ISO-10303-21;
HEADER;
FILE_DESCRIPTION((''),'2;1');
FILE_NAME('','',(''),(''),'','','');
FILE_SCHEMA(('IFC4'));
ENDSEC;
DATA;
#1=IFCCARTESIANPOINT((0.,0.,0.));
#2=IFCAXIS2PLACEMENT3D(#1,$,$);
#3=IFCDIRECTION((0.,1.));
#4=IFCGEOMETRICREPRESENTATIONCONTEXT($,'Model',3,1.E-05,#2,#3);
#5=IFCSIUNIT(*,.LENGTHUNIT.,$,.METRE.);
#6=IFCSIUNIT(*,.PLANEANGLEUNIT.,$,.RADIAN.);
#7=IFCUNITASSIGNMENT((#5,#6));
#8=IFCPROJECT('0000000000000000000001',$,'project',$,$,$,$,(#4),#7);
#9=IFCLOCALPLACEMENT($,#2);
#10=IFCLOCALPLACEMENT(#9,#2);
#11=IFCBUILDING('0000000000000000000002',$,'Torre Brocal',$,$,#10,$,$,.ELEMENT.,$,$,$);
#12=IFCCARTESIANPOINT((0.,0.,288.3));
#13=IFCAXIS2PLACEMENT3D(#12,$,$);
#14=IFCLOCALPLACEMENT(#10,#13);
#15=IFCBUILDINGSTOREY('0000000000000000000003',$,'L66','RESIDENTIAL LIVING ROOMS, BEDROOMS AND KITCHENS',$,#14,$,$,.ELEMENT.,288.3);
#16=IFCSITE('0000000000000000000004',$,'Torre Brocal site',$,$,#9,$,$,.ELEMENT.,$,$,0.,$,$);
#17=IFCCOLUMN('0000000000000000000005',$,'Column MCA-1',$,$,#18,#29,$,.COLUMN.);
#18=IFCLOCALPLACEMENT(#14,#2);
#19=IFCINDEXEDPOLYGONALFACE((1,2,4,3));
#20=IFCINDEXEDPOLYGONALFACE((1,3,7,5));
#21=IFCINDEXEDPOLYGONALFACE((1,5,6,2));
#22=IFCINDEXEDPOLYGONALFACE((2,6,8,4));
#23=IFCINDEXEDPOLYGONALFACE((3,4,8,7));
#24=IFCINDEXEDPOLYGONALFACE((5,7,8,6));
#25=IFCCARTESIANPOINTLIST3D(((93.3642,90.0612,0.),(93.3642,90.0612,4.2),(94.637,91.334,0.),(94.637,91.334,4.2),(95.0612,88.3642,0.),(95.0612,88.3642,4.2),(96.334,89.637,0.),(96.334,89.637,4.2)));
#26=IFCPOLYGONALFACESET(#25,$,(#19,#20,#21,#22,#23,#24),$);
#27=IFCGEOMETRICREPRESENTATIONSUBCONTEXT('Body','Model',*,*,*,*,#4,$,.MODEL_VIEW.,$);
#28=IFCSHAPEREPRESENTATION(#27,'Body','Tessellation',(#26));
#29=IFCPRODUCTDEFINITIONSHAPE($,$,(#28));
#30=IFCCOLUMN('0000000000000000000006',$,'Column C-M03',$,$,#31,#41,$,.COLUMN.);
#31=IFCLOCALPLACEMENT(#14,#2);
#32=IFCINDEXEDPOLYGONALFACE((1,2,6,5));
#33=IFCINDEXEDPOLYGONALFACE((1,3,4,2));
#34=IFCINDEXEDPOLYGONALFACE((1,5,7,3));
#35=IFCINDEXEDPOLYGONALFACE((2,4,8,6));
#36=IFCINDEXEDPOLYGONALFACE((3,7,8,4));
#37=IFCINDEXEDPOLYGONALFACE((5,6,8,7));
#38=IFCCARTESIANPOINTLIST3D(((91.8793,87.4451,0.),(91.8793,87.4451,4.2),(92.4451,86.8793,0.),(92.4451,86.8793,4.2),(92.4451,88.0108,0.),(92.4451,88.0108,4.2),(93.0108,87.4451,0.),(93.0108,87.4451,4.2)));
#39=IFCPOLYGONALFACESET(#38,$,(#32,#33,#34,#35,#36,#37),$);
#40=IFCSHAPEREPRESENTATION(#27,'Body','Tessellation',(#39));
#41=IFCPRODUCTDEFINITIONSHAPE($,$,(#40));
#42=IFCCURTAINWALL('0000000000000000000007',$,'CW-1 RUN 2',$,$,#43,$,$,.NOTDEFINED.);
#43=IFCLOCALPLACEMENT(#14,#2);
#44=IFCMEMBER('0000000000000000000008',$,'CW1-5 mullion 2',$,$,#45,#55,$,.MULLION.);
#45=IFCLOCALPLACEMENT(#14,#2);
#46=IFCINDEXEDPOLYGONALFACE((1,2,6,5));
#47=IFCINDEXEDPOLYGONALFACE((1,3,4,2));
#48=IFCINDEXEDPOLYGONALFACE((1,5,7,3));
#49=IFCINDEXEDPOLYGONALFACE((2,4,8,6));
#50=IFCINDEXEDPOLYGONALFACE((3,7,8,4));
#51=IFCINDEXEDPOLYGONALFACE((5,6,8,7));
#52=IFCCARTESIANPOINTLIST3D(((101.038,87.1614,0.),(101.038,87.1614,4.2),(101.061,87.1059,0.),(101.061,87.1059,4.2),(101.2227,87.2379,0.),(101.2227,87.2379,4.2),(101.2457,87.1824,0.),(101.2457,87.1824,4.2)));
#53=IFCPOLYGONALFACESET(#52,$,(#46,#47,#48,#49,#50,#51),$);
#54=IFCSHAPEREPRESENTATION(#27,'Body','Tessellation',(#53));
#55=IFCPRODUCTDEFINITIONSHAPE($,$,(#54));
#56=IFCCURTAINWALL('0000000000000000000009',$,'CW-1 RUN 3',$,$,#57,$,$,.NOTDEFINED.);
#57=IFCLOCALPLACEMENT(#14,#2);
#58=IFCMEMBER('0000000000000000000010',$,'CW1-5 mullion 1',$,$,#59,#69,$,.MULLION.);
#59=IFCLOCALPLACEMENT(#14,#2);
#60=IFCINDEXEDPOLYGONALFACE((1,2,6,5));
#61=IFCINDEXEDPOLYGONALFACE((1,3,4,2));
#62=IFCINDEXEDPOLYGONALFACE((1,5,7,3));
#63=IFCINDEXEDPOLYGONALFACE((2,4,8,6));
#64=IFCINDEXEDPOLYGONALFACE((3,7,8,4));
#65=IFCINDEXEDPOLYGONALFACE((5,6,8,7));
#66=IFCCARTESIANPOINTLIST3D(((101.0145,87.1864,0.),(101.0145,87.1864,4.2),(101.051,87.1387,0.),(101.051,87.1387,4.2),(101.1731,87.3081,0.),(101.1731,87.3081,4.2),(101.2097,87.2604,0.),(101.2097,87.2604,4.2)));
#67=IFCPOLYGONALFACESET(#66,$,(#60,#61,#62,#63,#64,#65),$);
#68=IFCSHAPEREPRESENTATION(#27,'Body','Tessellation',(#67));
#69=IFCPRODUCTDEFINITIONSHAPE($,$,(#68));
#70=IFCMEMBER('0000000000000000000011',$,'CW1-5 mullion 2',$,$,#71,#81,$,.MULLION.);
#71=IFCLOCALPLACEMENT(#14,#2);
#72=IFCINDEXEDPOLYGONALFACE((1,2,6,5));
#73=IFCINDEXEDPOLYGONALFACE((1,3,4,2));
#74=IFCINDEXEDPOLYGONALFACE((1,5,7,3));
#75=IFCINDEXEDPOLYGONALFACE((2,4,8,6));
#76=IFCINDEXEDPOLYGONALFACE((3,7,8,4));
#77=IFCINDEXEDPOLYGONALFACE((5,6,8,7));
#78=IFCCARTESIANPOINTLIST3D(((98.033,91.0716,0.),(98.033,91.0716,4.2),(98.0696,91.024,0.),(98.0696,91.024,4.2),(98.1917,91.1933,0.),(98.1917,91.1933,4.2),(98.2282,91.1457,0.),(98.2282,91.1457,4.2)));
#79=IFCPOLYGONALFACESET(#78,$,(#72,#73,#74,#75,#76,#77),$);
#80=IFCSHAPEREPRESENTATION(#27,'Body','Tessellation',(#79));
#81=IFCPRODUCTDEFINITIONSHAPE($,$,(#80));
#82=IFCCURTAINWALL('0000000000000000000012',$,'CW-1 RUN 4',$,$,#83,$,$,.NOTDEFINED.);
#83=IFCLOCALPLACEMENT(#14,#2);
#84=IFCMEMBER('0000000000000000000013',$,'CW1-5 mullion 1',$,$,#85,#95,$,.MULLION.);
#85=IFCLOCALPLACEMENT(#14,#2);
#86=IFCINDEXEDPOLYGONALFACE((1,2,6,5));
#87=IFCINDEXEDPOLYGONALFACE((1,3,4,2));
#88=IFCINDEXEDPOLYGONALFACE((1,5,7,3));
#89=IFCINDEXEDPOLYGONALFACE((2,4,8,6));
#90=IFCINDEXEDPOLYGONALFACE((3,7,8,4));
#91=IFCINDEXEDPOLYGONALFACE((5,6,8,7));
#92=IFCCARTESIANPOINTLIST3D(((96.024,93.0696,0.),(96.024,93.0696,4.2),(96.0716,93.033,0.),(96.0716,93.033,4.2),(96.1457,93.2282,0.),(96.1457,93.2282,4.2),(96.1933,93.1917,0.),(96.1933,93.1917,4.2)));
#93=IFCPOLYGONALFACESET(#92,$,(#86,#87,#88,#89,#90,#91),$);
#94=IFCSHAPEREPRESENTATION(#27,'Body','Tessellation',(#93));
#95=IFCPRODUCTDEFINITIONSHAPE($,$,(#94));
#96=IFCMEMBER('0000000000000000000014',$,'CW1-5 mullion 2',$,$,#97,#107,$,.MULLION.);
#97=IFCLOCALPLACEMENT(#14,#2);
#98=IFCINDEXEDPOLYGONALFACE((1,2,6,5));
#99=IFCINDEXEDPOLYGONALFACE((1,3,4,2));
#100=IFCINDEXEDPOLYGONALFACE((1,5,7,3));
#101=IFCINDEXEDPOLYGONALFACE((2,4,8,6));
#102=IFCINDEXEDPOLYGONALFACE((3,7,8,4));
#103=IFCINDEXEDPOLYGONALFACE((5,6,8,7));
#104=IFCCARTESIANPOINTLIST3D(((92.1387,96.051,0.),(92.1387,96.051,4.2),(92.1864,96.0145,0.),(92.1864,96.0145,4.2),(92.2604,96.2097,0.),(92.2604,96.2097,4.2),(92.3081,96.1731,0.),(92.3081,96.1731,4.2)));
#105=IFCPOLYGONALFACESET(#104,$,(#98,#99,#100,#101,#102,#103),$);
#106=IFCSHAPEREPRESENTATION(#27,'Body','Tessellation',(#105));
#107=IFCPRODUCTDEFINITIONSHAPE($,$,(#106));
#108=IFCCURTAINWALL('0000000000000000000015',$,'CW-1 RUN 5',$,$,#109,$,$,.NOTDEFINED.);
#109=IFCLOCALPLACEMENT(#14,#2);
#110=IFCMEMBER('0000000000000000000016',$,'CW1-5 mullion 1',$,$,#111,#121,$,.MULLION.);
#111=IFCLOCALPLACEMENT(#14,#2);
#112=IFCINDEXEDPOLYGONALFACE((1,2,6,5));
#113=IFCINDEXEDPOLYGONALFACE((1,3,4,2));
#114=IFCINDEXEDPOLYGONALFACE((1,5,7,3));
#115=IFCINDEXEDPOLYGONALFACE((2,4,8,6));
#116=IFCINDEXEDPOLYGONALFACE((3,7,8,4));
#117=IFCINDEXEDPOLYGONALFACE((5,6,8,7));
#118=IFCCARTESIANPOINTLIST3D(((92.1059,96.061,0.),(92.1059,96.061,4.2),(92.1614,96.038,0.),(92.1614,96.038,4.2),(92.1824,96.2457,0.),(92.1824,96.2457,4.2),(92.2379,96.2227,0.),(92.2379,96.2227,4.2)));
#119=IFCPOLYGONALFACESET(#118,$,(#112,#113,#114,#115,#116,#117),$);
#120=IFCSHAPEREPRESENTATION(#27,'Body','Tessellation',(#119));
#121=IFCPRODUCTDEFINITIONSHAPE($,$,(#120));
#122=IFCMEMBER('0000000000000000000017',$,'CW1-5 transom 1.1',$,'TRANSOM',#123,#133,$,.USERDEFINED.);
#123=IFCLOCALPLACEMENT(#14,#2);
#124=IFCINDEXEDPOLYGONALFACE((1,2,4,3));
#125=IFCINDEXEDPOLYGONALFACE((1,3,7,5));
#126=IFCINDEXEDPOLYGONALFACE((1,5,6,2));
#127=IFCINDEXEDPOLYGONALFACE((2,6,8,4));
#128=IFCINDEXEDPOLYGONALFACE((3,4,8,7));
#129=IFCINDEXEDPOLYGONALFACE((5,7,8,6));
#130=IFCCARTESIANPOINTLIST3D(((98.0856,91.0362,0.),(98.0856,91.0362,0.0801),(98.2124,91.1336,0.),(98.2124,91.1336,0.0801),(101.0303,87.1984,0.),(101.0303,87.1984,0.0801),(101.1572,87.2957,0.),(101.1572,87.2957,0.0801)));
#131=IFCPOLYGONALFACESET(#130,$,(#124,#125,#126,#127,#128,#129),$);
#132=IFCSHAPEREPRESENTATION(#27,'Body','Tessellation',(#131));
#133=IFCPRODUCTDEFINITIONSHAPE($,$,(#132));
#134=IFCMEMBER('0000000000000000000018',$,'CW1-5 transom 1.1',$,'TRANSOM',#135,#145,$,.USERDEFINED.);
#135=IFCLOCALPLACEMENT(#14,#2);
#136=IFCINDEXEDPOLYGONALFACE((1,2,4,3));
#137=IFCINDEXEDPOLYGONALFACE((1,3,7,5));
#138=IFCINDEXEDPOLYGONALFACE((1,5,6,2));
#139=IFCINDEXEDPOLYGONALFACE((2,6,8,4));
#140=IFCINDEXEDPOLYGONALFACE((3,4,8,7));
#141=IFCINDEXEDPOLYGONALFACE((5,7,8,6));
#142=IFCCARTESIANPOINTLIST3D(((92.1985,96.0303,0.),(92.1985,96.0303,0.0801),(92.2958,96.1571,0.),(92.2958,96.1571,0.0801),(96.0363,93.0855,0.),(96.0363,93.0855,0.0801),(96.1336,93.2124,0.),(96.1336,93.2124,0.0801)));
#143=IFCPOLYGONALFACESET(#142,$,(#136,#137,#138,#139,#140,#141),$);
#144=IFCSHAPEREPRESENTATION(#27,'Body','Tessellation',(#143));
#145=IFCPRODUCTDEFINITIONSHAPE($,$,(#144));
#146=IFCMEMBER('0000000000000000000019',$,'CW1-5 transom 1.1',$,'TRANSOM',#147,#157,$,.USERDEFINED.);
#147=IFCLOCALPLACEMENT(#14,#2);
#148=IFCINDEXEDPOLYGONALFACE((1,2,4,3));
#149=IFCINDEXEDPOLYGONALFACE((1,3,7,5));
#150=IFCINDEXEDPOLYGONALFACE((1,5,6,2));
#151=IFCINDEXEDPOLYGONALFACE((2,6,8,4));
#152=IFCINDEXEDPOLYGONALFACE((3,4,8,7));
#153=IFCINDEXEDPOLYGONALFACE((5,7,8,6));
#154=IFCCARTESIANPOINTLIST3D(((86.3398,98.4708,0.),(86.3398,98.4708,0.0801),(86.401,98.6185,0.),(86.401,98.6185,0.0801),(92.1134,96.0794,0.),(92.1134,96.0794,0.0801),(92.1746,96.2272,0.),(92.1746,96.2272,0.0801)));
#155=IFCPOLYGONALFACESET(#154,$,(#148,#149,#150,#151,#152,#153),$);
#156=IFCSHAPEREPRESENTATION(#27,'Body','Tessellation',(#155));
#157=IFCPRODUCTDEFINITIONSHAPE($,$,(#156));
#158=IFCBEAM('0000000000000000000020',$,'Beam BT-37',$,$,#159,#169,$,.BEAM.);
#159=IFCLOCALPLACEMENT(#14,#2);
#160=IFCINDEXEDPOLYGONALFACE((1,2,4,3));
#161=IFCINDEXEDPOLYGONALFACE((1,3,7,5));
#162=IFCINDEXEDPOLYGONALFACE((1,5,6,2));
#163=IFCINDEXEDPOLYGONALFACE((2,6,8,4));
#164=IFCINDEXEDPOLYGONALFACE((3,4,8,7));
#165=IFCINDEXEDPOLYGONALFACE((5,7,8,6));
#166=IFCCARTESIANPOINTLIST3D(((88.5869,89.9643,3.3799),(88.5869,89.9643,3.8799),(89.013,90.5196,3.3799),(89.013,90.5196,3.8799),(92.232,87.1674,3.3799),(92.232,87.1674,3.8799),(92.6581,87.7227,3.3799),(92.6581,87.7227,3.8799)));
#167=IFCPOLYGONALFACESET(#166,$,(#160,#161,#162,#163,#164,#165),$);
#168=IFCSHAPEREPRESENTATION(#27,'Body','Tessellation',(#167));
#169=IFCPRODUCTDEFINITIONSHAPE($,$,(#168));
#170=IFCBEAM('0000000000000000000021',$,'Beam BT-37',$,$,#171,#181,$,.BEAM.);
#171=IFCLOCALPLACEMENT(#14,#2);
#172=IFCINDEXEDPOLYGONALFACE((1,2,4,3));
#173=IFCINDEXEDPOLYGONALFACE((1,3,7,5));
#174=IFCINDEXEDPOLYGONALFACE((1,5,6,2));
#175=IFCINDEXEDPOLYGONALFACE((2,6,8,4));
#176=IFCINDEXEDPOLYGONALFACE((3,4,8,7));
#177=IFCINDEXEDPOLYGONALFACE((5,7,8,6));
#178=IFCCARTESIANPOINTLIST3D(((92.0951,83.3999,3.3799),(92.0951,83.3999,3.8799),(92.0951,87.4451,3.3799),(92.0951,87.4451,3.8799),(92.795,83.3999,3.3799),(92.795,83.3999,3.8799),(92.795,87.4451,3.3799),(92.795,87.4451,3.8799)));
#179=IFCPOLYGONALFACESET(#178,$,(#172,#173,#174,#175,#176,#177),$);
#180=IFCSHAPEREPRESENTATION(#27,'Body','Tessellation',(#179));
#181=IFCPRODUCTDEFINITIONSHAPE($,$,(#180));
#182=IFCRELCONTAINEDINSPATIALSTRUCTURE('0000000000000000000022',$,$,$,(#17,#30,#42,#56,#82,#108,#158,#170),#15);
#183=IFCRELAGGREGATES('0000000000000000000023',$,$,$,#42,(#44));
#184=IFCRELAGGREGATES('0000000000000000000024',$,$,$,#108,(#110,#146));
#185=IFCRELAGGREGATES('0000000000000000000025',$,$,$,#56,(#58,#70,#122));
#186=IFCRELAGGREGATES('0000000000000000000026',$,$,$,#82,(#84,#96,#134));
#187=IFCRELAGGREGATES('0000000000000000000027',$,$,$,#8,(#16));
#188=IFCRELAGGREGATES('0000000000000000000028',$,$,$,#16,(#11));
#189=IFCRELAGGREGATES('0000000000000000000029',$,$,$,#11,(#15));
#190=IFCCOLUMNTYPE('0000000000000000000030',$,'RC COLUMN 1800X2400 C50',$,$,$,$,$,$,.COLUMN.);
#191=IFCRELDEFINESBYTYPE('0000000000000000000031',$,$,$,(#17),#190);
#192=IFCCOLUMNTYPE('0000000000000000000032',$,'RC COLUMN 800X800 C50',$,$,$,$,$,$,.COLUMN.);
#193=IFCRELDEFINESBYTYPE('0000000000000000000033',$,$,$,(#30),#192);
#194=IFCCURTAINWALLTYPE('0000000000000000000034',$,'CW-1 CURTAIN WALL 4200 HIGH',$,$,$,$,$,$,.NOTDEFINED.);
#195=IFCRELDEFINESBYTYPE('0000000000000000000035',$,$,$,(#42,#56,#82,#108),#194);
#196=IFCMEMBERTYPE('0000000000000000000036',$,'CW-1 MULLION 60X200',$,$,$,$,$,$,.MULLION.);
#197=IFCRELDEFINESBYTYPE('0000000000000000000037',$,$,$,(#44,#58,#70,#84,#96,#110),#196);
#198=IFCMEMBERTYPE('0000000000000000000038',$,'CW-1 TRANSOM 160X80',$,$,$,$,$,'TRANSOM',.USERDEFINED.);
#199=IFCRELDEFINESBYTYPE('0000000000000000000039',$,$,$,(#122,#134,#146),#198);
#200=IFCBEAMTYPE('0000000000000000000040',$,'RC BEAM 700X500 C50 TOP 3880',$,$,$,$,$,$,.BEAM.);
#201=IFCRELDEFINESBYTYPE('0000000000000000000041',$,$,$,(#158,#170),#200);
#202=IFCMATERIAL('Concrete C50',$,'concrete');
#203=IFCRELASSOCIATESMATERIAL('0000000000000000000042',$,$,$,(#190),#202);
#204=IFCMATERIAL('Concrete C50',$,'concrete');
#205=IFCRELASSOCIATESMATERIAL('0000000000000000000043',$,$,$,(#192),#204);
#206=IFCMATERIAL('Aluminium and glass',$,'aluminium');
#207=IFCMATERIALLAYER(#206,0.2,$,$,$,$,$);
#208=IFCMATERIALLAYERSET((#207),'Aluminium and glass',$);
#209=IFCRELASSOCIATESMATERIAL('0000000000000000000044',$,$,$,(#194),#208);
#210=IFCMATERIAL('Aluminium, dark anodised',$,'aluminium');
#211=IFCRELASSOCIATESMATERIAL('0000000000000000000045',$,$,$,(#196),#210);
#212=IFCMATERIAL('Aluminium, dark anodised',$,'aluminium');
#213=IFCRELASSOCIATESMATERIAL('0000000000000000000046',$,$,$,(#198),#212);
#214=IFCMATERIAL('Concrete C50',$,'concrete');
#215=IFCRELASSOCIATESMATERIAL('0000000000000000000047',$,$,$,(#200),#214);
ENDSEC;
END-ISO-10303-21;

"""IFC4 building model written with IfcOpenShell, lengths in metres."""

from ifc_helpers import new_model, si_unit, direction, frame, origin, origin_2d, place, context, subcontext, project, spatial, rectangle, extrude, material, layer, layer_set, material_profile, profile_set, type_object, element, aggregate, save


model = new_model("IFC4")

# Units and contexts
model_context = context("Model", 3, precision=1e-05, world=origin(), true_north=direction((0.0, 1.0)))
body_context = subcontext(model_context, "Body", "Model", "MODEL_VIEW")
ifc_project = project(units=[si_unit("LENGTHUNIT", "METRE"), si_unit("PLANEANGLEUNIT", "RADIAN")], contexts=[model_context])

# Site, building, storey
site_placement = place(None, origin())
site = spatial("IfcSite", under=ifc_project, at=site_placement, Name="Torre Brocal site", CompositionType="ELEMENT", RefElevation=0.0)
building_placement = place(site_placement, origin())
building = spatial("IfcBuilding", under=site, at=building_placement, Name="Torre Brocal", CompositionType="ELEMENT")
storey_placement = place(building_placement, frame((0.0, 0.0, 288.3)))
storey = spatial("IfcBuildingStorey", under=building, at=storey_placement, Name="L66", Description="RESIDENTIAL LIVING ROOMS, BEDROOMS AND KITCHENS", CompositionType="ELEMENT", Elevation=288.3)

# Columns
ifc_material_1 = material(Name="Concrete C50", Category="concrete")
ifc_material_profile_1 = material_profile(ifc_material_1, rectangle(XDim=1.8, YDim=2.3999, at=origin_2d()), Name="RC 1800X2400")
ifc_profile_set_1 = profile_set([ifc_material_profile_1], Name="Concrete C50")
column_type_1 = type_object("IfcColumnType", Name="RC COLUMN 1800X2400 C50", PredefinedType="COLUMN", material=ifc_profile_set_1)
column_1_placement = place(storey_placement, frame((94.8491, 89.8491, 0.0), z_axis=(0.0, 0.0, 1.0), x_axis=(0.707107, 0.707107, 0.0)))
element("IfcColumn", 1, at=column_1_placement, inside=storey, type_object=column_type_1, Name="Column MCA-1", PredefinedType="COLUMN", context=body_context, shape_type="SweptSolid", body=[
    extrude(rectangle(XDim=1.8, YDim=2.3999, at=origin_2d()), origin(), (0.0, 0.0, 1.0), 4.2),
])
ifc_material_2 = material(Name="Concrete C50", Category="concrete")
ifc_material_profile_2 = material_profile(ifc_material_2, rectangle(XDim=0.8, YDim=0.8, at=origin_2d()), Name="RC 800X800")
ifc_profile_set_2 = profile_set([ifc_material_profile_2], Name="Concrete C50")
column_type_2 = type_object("IfcColumnType", Name="RC COLUMN 800X800 C50", PredefinedType="COLUMN", material=ifc_profile_set_2)
column_2_placement = place(storey_placement, frame((92.4451, 87.4451, 0.0), z_axis=(0.0, 0.0, 1.0), x_axis=(0.707107, 0.707107, 0.0)))
element("IfcColumn", 2, at=column_2_placement, inside=storey, type_object=column_type_2, Name="Column C-M03", PredefinedType="COLUMN", context=body_context, shape_type="SweptSolid", body=[
    extrude(rectangle(XDim=0.8, YDim=0.8, at=origin_2d()), origin(), (0.0, 0.0, 1.0), 4.2),
])

# Curtain wall, member
ifc_material_3 = material(Name="Aluminium and glass", Category="aluminium")
ifc_layer_1 = layer(ifc_material_3, 0.2)
ifc_layer_set_1 = layer_set([ifc_layer_1], Name="Aluminium and glass")
curtain_wall_type = type_object("IfcCurtainWallType", Name="CW-1 CURTAIN WALL 4200 HIGH", PredefinedType="NOTDEFINED", material=ifc_layer_set_1)
curtain_wall_1_placement = place(storey_placement, origin())
curtain_wall_1 = element("IfcCurtainWall", 3, at=curtain_wall_1_placement, inside=storey, type_object=curtain_wall_type, Name="CW-1 RUN 2", PredefinedType="NOTDEFINED")
ifc_material_4 = material(Name="Aluminium, dark anodised", Category="aluminium")
ifc_material_profile_3 = material_profile(ifc_material_4, rectangle(XDim=0.2, YDim=0.0601, at=origin_2d()), Name="CW-1 MULLION 60X200")
ifc_profile_set_3 = profile_set([ifc_material_profile_3], Name="Aluminium, dark anodised")
member_type_1 = type_object("IfcMemberType", Name="CW-1 MULLION 60X200", PredefinedType="MULLION", material=ifc_profile_set_3)
member_1_placement = place(storey_placement, frame((101.1418, 87.1719, 0.0), z_axis=(0.0, 0.0, 1.0), x_axis=(-0.92388, -0.382683, 0.0)))
member_1 = element("IfcMember", 4, at=member_1_placement, type_object=member_type_1, Name="CW1-5 mullion 2", PredefinedType="MULLION", context=body_context, shape_type="SweptSolid", body=[
    extrude(rectangle(XDim=0.2, YDim=0.0601, at=origin_2d()), origin(), (0.0, 0.0, 1.0), 4.2),
])
aggregate(curtain_wall_1, [member_1])

# Curtain walls, members
curtain_wall_2_placement = place(storey_placement, origin())
curtain_wall_2 = element("IfcCurtainWall", 5, at=curtain_wall_2_placement, inside=storey, type_object=curtain_wall_type, Name="CW-1 RUN 3", PredefinedType="NOTDEFINED")
member_2_placement = place(storey_placement, frame((101.1121, 87.2234, 0.0), z_axis=(0.0, 0.0, 1.0), x_axis=(-0.793353, -0.608761, 0.0)))
member_2 = element("IfcMember", 6, at=member_2_placement, type_object=member_type_1, Name="CW1-5 mullion 1", PredefinedType="MULLION", context=body_context, shape_type="SweptSolid", body=[
    extrude(rectangle(XDim=0.2, YDim=0.0601, at=origin_2d()), origin(), (0.0, 0.0, 1.0), 4.2),
])
member_3_placement = place(storey_placement, frame((98.1306, 91.1086, 0.0), z_axis=(0.0, 0.0, 1.0), x_axis=(-0.793353, -0.608761, 0.0)))
member_3 = element("IfcMember", 7, at=member_3_placement, type_object=member_type_1, Name="CW1-5 mullion 2", PredefinedType="MULLION", context=body_context, shape_type="SweptSolid", body=[
    extrude(rectangle(XDim=0.2, YDim=0.0601, at=origin_2d()), origin(), (0.0, 0.0, 1.0), 4.2),
])
curtain_wall_3_placement = place(storey_placement, origin())
curtain_wall_3 = element("IfcCurtainWall", 8, at=curtain_wall_3_placement, inside=storey, type_object=curtain_wall_type, Name="CW-1 RUN 4", PredefinedType="NOTDEFINED")
member_4_placement = place(storey_placement, frame((96.1086, 93.1306, 0.0), z_axis=(0.0, 0.0, 1.0), x_axis=(-0.608761, -0.793353, 0.0)))
member_4 = element("IfcMember", 9, at=member_4_placement, type_object=member_type_1, Name="CW1-5 mullion 1", PredefinedType="MULLION", context=body_context, shape_type="SweptSolid", body=[
    extrude(rectangle(XDim=0.2, YDim=0.0601, at=origin_2d()), origin(), (0.0, 0.0, 1.0), 4.2),
])
member_5_placement = place(storey_placement, frame((92.2234, 96.1121, 0.0), z_axis=(0.0, 0.0, 1.0), x_axis=(-0.608761, -0.793353, 0.0)))
member_5 = element("IfcMember", 10, at=member_5_placement, type_object=member_type_1, Name="CW1-5 mullion 2", PredefinedType="MULLION", context=body_context, shape_type="SweptSolid", body=[
    extrude(rectangle(XDim=0.2, YDim=0.0601, at=origin_2d()), origin(), (0.0, 0.0, 1.0), 4.2),
])

# Curtain wall, member
curtain_wall_4_placement = place(storey_placement, origin())
curtain_wall_4 = element("IfcCurtainWall", 11, at=curtain_wall_4_placement, inside=storey, type_object=curtain_wall_type, Name="CW-1 RUN 5", PredefinedType="NOTDEFINED")
member_6_placement = place(storey_placement, frame((92.1719, 96.1418, 0.0), z_axis=(0.0, 0.0, 1.0), x_axis=(-0.382683, -0.92388, 0.0)))
member_6 = element("IfcMember", 12, at=member_6_placement, type_object=member_type_1, Name="CW1-5 mullion 1", PredefinedType="MULLION", context=body_context, shape_type="SweptSolid", body=[
    extrude(rectangle(XDim=0.2, YDim=0.0601, at=origin_2d()), origin(), (0.0, 0.0, 1.0), 4.2),
])

# Members
ifc_material_5 = material(Name="Aluminium, dark anodised", Category="aluminium")
ifc_material_profile_4 = material_profile(ifc_material_5, rectangle(XDim=0.1599, YDim=0.0801, at=origin_2d()), Name="CW-1 TRANSOM 160X80")
ifc_profile_set_4 = profile_set([ifc_material_profile_4], Name="Aluminium, dark anodised")
member_type_2 = type_object("IfcMemberType", Name="CW-1 TRANSOM 160X80", ElementType="TRANSOM", PredefinedType="USERDEFINED", material=ifc_profile_set_4)
member_7_placement = place(storey_placement, frame((101.0938, 87.2471, 0.04), z_axis=(-0.608749, 0.793363, 0.0), x_axis=(-0.793363, -0.608749, 0.0)))
member_7 = element("IfcMember", 13, at=member_7_placement, type_object=member_type_2, Name="CW1-5 transom 1.1", ObjectType="TRANSOM", PredefinedType="USERDEFINED", context=body_context, shape_type="SweptSolid", body=[
    extrude(rectangle(XDim=0.1599, YDim=0.0801, at=origin_2d()), origin(), (0.0, 0.0, 1.0), 4.8374),
])
member_8_placement = place(storey_placement, frame((96.085, 93.1489, 0.04), z_axis=(-0.793363, 0.608749, 0.0), x_axis=(-0.608749, -0.793363, 0.0)))
member_8 = element("IfcMember", 14, at=member_8_placement, type_object=member_type_2, Name="CW1-5 transom 1.1", ObjectType="TRANSOM", PredefinedType="USERDEFINED", context=body_context, shape_type="SweptSolid", body=[
    extrude(rectangle(XDim=0.1599, YDim=0.0801, at=origin_2d()), origin(), (0.0, 0.0, 1.0), 4.8374),
])
member_9_placement = place(storey_placement, frame((92.144, 96.1533, 0.04), z_axis=(-0.92389, 0.382659, 0.0), x_axis=(-0.382659, -0.92389, 0.0)))
member_9 = element("IfcMember", 15, at=member_9_placement, type_object=member_type_2, Name="CW1-5 transom 1.1", ObjectType="TRANSOM", PredefinedType="USERDEFINED", context=body_context, shape_type="SweptSolid", body=[
    extrude(rectangle(XDim=0.1599, YDim=0.0801, at=origin_2d()), origin(), (0.0, 0.0, 1.0), 6.2493),
])
aggregate(curtain_wall_4, [member_6, member_9])

# Beams
ifc_material_6 = material(Name="Concrete C50", Category="concrete")
ifc_material_profile_5 = material_profile(ifc_material_6, rectangle(XDim=0.7, YDim=0.5, at=origin_2d()), Name="RC 700X500")
ifc_profile_set_5 = profile_set([ifc_material_profile_5], Name="Concrete C50")
beam_type_1 = type_object("IfcBeamType", Name="RC BEAM 700X500 C50 TOP 3880", PredefinedType="BEAM", material=ifc_profile_set_5)
beam_1_placement = place(storey_placement, frame((92.4451, 87.4451, 3.6299), z_axis=(-0.793358, 0.608755, 0.0), x_axis=(-0.608755, -0.793358, 0.0)))
element("IfcBeam", 16, at=beam_1_placement, inside=storey, type_object=beam_type_1, Name="Beam BT-37", PredefinedType="BEAM", context=body_context, shape_type="SweptSolid", body=[
    extrude(rectangle(XDim=0.7, YDim=0.5, at=origin_2d()), origin(), (0.0, 0.0, 1.0), 4.5945),
])
beam_2_placement = place(storey_placement, frame((92.4451, 87.4451, 3.6299), z_axis=(0.0, -1.0, 0.0), x_axis=(1.0, 0.0, 0.0)))
element("IfcBeam", 17, at=beam_2_placement, inside=storey, type_object=beam_type_1, Name="Beam BT-37", PredefinedType="BEAM", context=body_context, shape_type="SweptSolid", body=[
    extrude(rectangle(XDim=0.7, YDim=0.5, at=origin_2d()), origin(), (0.0, 0.0, 1.0), 4.0452),
])

aggregate(curtain_wall_2, [member_2, member_3, member_7])
aggregate(curtain_wall_3, [member_4, member_5, member_8])

save(model, "model.ifc")
